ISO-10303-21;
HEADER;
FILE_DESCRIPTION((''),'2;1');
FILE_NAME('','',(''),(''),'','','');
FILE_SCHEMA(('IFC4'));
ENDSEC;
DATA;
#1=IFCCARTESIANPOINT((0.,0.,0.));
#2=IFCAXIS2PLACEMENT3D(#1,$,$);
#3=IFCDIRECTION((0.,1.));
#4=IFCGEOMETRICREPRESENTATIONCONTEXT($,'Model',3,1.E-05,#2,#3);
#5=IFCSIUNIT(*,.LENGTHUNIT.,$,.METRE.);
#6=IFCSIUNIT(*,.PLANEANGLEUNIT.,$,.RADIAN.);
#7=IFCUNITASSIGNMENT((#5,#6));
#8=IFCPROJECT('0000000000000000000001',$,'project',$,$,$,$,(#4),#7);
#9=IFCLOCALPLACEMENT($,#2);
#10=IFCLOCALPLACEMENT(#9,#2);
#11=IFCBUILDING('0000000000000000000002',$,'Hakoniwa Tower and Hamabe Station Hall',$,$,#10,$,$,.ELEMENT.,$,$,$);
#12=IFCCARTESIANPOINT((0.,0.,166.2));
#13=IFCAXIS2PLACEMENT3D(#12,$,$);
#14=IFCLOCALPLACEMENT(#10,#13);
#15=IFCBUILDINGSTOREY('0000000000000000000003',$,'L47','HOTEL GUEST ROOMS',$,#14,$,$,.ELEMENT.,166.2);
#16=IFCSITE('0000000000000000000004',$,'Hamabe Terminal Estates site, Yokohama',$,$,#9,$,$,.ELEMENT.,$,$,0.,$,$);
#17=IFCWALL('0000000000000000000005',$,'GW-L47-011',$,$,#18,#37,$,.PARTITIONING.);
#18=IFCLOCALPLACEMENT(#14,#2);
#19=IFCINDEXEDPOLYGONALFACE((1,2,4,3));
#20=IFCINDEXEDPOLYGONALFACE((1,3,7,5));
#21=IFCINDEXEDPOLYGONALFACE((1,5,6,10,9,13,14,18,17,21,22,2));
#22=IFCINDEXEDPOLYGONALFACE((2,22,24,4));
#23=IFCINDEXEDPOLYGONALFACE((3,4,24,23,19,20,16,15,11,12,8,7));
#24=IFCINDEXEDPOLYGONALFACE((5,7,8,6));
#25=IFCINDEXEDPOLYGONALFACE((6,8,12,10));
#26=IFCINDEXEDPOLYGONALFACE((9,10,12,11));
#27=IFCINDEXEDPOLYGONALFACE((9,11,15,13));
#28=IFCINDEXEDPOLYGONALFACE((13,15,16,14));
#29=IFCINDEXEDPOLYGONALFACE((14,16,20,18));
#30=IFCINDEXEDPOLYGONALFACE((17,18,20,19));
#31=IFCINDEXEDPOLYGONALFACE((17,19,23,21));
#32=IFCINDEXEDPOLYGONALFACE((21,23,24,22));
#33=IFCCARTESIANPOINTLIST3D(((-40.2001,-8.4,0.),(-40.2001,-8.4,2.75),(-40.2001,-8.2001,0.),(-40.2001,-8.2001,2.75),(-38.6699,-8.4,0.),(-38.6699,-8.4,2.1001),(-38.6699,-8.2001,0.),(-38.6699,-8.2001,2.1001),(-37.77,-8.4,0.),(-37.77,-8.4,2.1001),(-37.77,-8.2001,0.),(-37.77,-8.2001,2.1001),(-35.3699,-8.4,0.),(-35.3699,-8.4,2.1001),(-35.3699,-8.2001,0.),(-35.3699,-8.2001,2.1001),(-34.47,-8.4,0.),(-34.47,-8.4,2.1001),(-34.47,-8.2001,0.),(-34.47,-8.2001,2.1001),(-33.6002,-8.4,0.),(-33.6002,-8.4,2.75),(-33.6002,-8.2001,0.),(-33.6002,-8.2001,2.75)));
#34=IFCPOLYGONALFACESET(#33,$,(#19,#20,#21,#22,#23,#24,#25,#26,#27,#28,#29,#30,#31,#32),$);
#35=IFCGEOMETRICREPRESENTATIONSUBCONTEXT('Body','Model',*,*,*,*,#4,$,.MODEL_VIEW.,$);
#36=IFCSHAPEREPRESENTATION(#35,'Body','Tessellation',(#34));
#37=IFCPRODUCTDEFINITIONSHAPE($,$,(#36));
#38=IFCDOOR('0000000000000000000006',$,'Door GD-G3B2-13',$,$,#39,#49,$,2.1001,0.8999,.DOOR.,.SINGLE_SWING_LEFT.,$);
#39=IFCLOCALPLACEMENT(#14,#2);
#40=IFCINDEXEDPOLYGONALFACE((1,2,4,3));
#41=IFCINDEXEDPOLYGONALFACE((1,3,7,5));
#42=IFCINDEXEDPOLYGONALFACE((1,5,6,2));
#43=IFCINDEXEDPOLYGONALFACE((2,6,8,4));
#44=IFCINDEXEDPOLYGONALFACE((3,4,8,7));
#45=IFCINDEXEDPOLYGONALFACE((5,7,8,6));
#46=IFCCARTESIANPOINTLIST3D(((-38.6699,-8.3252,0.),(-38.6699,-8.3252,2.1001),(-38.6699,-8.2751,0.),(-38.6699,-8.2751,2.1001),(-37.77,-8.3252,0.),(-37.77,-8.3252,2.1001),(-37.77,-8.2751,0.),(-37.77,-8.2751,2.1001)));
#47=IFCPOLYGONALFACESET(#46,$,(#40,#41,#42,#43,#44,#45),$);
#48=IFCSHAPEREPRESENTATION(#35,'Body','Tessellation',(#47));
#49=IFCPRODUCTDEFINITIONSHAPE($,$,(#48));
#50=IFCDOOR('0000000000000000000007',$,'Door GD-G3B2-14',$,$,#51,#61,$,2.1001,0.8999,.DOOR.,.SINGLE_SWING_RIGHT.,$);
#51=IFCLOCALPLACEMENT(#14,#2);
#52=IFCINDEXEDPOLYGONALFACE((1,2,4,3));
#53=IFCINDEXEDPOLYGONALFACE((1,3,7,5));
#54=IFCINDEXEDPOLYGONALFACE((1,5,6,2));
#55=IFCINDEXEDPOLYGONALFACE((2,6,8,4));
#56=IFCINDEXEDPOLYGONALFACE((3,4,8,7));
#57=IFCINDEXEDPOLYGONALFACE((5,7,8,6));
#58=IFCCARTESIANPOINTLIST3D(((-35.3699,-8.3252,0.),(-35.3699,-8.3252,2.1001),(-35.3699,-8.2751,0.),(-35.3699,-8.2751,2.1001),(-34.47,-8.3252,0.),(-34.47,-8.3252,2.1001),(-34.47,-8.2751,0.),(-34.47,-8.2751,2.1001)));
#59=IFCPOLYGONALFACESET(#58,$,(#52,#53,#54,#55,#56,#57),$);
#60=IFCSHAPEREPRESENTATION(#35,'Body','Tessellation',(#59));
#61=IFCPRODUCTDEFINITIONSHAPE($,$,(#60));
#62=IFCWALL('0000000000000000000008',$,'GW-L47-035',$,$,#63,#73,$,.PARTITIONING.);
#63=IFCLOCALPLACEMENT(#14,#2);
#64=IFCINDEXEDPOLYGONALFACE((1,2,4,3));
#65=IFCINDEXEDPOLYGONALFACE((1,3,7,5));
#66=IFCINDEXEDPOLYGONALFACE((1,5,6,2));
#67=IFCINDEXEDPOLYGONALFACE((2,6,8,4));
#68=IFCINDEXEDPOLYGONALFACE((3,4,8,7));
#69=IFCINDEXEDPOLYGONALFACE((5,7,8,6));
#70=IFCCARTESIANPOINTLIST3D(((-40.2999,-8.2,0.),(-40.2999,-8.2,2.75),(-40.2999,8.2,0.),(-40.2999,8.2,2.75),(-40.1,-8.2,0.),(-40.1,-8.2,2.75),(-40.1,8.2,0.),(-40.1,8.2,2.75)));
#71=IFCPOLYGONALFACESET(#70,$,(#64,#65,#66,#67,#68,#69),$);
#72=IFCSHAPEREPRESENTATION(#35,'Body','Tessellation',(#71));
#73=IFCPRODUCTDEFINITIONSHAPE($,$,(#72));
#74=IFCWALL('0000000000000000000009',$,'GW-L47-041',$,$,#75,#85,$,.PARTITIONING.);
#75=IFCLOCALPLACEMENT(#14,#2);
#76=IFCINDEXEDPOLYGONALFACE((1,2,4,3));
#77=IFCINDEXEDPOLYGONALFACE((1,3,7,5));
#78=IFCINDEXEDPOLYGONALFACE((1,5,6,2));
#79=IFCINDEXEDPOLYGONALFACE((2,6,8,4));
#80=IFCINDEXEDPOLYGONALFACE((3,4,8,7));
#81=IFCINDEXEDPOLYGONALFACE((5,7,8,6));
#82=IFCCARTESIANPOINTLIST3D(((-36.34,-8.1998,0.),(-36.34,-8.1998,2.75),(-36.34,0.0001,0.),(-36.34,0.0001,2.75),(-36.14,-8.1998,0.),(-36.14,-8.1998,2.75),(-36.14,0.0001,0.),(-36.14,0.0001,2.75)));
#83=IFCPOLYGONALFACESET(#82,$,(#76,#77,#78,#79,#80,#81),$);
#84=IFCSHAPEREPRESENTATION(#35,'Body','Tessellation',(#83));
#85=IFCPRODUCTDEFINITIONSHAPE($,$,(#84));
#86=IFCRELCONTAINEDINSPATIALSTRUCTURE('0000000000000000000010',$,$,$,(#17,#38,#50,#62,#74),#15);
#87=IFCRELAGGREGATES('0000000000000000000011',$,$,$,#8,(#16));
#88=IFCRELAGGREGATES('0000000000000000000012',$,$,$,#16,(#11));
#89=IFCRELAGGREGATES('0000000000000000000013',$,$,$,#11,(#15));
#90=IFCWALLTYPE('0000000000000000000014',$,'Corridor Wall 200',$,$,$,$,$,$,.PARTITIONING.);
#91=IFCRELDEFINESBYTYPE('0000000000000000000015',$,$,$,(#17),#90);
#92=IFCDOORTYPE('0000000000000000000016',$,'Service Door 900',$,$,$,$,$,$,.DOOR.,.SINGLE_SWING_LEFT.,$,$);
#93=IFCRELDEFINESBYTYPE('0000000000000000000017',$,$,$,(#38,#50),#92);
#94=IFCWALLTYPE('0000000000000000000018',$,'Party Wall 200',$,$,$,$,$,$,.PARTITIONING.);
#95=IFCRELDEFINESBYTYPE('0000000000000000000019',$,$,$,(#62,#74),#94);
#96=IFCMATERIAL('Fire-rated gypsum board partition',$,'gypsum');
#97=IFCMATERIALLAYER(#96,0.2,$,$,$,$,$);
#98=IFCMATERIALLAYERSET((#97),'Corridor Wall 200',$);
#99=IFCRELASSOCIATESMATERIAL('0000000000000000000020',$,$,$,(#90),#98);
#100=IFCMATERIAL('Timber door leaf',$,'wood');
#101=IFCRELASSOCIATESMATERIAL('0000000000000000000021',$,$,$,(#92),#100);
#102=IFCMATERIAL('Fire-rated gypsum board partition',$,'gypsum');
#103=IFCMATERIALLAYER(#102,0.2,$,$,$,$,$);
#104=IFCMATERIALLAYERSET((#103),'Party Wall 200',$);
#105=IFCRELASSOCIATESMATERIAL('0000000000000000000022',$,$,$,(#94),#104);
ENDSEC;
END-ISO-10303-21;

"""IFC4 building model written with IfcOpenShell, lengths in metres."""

from ifc_helpers import new_model, si_unit, direction, frame, frame_2d, origin, place, context, subcontext, project, spatial, rectangle, extrude, material, layer, layer_set, type_object, element, fill, save


model = new_model("IFC4")

# Units and contexts
model_context = context("Model", 3, precision=1e-05, world=origin(), true_north=direction((0.0, 1.0)))
body_context = subcontext(model_context, "Body", "Model", "MODEL_VIEW")
ifc_project = project(units=[si_unit("LENGTHUNIT", "METRE"), si_unit("PLANEANGLEUNIT", "RADIAN")], contexts=[model_context])

# Site, building, storey
site_placement = place(None, origin())
site = spatial("IfcSite", under=ifc_project, at=site_placement, Name="Hamabe Terminal Estates site, Yokohama", CompositionType="ELEMENT", RefElevation=0.0)
building_placement = place(site_placement, origin())
building = spatial("IfcBuilding", under=site, at=building_placement, Name="Hakoniwa Tower and Hamabe Station Hall", CompositionType="ELEMENT")
storey_placement = place(building_placement, frame((0.0, 0.0, 166.2)))
storey = spatial("IfcBuildingStorey", under=building, at=storey_placement, Name="L47", Description="HOTEL GUEST ROOMS", CompositionType="ELEMENT", Elevation=166.2)

# Wall, openings, doors
ifc_material_1 = material(Name="Fire-rated gypsum board partition", Category="gypsum")
ifc_layer_1 = layer(ifc_material_1, 0.2)
ifc_layer_set_1 = layer_set([ifc_layer_1], Name="Corridor Wall 200")
wall_type_1 = type_object("IfcWallType", Name="Corridor Wall 200", PredefinedType="PARTITIONING", material=ifc_layer_set_1)
wall_1_placement = place(storey_placement, frame((-40.2, -8.3, 0.0), z_axis=(0.0, 0.0, 1.0), x_axis=(1.0, 0.0, 0.0)))
wall_1 = element("IfcWall", 1, at=wall_1_placement, inside=storey, type_object=wall_type_1, Name="GW-L47-011", PredefinedType="PARTITIONING", context=body_context, shape_type="SweptSolid", body=[
    extrude(rectangle(XDim=6.5999, YDim=0.2, at=frame_2d((3.2998, 0.0))), origin(), (0.0, 0.0, 1.0), 2.75),
])
opening_1_placement = place(wall_1_placement, frame((1.53, 0.0, 0.0)))
opening_1 = element("IfcOpeningElement", 2, at=opening_1_placement, cuts=wall_1, PredefinedType="OPENING", context=body_context, shape_type="SweptSolid", body=[
    extrude(rectangle(XDim=0.8999, YDim=2.1001, at=frame_2d((0.45, 1.05))), frame((0.0, 0.1099, 0.0), z_axis=(0.0, -1.0, 0.0), x_axis=(1.0, 0.0, 0.0)), (0.0, 0.0, 1.0), 0.22),
])
opening_2_placement = place(wall_1_placement, frame((4.8301, 0.0, 0.0)))
opening_2 = element("IfcOpeningElement", 3, at=opening_2_placement, cuts=wall_1, PredefinedType="OPENING", context=body_context, shape_type="SweptSolid", body=[
    extrude(rectangle(XDim=0.8999, YDim=2.1001, at=frame_2d((0.45, 1.05))), frame((0.0, 0.1099, 0.0), z_axis=(0.0, -1.0, 0.0), x_axis=(1.0, 0.0, 0.0)), (0.0, 0.0, 1.0), 0.22),
])
ifc_material_2 = material(Name="Timber door leaf", Category="wood")
door_type_1 = type_object("IfcDoorType", Name="Service Door 900", OperationType="SINGLE_SWING_LEFT", PredefinedType="DOOR", material=ifc_material_2)
door_1_placement = place(opening_1_placement, origin())
door_1 = element("IfcDoor", 4, at=door_1_placement, inside=storey, type_object=door_type_1, Name="Door GD-G3B2-13", OperationType="SINGLE_SWING_LEFT", OverallHeight=2.1001, OverallWidth=0.8999, PredefinedType="DOOR", context=body_context, shape_type="SweptSolid", body=[
    extrude(rectangle(XDim=0.8999, YDim=2.1001, at=frame_2d((0.45, 1.05))), frame((0.0, 0.0249, 0.0), z_axis=(0.0, -1.0, 0.0), x_axis=(1.0, 0.0, 0.0)), (0.0, 0.0, 1.0), 0.05),
])
fill(opening_1, door_1)
door_2_placement = place(opening_2_placement, origin())
door_2 = element("IfcDoor", 5, at=door_2_placement, inside=storey, type_object=door_type_1, Name="Door GD-G3B2-14", OperationType="SINGLE_SWING_RIGHT", OverallHeight=2.1001, OverallWidth=0.8999, PredefinedType="DOOR", context=body_context, shape_type="SweptSolid", body=[
    extrude(rectangle(XDim=0.8999, YDim=2.1001, at=frame_2d((0.45, 1.05))), frame((0.0, 0.0249, 0.0), z_axis=(0.0, -1.0, 0.0), x_axis=(1.0, 0.0, 0.0)), (0.0, 0.0, 1.0), 0.05),
])
fill(opening_2, door_2)

# Walls
ifc_material_3 = material(Name="Fire-rated gypsum board partition", Category="gypsum")
ifc_layer_2 = layer(ifc_material_3, 0.2)
ifc_layer_set_2 = layer_set([ifc_layer_2], Name="Party Wall 200")
wall_type_2 = type_object("IfcWallType", Name="Party Wall 200", PredefinedType="PARTITIONING", material=ifc_layer_set_2)
wall_2_placement = place(storey_placement, frame((-40.2, -8.2, 0.0), z_axis=(0.0, 0.0, 1.0), x_axis=(0.0, 1.0, 0.0)))
element("IfcWall", 6, at=wall_2_placement, inside=storey, type_object=wall_type_2, Name="GW-L47-035", PredefinedType="PARTITIONING", context=body_context, shape_type="SweptSolid", body=[
    extrude(rectangle(XDim=16.3999, YDim=0.2, at=frame_2d((8.2, 0.0))), origin(), (0.0, 0.0, 1.0), 2.75),
])
wall_3_placement = place(storey_placement, frame((-36.24, -8.2, 0.0), z_axis=(0.0, 0.0, 1.0), x_axis=(0.0, 1.0, 0.0)))
element("IfcWall", 7, at=wall_3_placement, inside=storey, type_object=wall_type_2, Name="GW-L47-041", PredefinedType="PARTITIONING", context=body_context, shape_type="SweptSolid", body=[
    extrude(rectangle(XDim=8.2, YDim=0.2, at=frame_2d((4.1001, 0.0))), origin(), (0.0, 0.0, 1.0), 2.75),
])

save(model, "model.ifc")
